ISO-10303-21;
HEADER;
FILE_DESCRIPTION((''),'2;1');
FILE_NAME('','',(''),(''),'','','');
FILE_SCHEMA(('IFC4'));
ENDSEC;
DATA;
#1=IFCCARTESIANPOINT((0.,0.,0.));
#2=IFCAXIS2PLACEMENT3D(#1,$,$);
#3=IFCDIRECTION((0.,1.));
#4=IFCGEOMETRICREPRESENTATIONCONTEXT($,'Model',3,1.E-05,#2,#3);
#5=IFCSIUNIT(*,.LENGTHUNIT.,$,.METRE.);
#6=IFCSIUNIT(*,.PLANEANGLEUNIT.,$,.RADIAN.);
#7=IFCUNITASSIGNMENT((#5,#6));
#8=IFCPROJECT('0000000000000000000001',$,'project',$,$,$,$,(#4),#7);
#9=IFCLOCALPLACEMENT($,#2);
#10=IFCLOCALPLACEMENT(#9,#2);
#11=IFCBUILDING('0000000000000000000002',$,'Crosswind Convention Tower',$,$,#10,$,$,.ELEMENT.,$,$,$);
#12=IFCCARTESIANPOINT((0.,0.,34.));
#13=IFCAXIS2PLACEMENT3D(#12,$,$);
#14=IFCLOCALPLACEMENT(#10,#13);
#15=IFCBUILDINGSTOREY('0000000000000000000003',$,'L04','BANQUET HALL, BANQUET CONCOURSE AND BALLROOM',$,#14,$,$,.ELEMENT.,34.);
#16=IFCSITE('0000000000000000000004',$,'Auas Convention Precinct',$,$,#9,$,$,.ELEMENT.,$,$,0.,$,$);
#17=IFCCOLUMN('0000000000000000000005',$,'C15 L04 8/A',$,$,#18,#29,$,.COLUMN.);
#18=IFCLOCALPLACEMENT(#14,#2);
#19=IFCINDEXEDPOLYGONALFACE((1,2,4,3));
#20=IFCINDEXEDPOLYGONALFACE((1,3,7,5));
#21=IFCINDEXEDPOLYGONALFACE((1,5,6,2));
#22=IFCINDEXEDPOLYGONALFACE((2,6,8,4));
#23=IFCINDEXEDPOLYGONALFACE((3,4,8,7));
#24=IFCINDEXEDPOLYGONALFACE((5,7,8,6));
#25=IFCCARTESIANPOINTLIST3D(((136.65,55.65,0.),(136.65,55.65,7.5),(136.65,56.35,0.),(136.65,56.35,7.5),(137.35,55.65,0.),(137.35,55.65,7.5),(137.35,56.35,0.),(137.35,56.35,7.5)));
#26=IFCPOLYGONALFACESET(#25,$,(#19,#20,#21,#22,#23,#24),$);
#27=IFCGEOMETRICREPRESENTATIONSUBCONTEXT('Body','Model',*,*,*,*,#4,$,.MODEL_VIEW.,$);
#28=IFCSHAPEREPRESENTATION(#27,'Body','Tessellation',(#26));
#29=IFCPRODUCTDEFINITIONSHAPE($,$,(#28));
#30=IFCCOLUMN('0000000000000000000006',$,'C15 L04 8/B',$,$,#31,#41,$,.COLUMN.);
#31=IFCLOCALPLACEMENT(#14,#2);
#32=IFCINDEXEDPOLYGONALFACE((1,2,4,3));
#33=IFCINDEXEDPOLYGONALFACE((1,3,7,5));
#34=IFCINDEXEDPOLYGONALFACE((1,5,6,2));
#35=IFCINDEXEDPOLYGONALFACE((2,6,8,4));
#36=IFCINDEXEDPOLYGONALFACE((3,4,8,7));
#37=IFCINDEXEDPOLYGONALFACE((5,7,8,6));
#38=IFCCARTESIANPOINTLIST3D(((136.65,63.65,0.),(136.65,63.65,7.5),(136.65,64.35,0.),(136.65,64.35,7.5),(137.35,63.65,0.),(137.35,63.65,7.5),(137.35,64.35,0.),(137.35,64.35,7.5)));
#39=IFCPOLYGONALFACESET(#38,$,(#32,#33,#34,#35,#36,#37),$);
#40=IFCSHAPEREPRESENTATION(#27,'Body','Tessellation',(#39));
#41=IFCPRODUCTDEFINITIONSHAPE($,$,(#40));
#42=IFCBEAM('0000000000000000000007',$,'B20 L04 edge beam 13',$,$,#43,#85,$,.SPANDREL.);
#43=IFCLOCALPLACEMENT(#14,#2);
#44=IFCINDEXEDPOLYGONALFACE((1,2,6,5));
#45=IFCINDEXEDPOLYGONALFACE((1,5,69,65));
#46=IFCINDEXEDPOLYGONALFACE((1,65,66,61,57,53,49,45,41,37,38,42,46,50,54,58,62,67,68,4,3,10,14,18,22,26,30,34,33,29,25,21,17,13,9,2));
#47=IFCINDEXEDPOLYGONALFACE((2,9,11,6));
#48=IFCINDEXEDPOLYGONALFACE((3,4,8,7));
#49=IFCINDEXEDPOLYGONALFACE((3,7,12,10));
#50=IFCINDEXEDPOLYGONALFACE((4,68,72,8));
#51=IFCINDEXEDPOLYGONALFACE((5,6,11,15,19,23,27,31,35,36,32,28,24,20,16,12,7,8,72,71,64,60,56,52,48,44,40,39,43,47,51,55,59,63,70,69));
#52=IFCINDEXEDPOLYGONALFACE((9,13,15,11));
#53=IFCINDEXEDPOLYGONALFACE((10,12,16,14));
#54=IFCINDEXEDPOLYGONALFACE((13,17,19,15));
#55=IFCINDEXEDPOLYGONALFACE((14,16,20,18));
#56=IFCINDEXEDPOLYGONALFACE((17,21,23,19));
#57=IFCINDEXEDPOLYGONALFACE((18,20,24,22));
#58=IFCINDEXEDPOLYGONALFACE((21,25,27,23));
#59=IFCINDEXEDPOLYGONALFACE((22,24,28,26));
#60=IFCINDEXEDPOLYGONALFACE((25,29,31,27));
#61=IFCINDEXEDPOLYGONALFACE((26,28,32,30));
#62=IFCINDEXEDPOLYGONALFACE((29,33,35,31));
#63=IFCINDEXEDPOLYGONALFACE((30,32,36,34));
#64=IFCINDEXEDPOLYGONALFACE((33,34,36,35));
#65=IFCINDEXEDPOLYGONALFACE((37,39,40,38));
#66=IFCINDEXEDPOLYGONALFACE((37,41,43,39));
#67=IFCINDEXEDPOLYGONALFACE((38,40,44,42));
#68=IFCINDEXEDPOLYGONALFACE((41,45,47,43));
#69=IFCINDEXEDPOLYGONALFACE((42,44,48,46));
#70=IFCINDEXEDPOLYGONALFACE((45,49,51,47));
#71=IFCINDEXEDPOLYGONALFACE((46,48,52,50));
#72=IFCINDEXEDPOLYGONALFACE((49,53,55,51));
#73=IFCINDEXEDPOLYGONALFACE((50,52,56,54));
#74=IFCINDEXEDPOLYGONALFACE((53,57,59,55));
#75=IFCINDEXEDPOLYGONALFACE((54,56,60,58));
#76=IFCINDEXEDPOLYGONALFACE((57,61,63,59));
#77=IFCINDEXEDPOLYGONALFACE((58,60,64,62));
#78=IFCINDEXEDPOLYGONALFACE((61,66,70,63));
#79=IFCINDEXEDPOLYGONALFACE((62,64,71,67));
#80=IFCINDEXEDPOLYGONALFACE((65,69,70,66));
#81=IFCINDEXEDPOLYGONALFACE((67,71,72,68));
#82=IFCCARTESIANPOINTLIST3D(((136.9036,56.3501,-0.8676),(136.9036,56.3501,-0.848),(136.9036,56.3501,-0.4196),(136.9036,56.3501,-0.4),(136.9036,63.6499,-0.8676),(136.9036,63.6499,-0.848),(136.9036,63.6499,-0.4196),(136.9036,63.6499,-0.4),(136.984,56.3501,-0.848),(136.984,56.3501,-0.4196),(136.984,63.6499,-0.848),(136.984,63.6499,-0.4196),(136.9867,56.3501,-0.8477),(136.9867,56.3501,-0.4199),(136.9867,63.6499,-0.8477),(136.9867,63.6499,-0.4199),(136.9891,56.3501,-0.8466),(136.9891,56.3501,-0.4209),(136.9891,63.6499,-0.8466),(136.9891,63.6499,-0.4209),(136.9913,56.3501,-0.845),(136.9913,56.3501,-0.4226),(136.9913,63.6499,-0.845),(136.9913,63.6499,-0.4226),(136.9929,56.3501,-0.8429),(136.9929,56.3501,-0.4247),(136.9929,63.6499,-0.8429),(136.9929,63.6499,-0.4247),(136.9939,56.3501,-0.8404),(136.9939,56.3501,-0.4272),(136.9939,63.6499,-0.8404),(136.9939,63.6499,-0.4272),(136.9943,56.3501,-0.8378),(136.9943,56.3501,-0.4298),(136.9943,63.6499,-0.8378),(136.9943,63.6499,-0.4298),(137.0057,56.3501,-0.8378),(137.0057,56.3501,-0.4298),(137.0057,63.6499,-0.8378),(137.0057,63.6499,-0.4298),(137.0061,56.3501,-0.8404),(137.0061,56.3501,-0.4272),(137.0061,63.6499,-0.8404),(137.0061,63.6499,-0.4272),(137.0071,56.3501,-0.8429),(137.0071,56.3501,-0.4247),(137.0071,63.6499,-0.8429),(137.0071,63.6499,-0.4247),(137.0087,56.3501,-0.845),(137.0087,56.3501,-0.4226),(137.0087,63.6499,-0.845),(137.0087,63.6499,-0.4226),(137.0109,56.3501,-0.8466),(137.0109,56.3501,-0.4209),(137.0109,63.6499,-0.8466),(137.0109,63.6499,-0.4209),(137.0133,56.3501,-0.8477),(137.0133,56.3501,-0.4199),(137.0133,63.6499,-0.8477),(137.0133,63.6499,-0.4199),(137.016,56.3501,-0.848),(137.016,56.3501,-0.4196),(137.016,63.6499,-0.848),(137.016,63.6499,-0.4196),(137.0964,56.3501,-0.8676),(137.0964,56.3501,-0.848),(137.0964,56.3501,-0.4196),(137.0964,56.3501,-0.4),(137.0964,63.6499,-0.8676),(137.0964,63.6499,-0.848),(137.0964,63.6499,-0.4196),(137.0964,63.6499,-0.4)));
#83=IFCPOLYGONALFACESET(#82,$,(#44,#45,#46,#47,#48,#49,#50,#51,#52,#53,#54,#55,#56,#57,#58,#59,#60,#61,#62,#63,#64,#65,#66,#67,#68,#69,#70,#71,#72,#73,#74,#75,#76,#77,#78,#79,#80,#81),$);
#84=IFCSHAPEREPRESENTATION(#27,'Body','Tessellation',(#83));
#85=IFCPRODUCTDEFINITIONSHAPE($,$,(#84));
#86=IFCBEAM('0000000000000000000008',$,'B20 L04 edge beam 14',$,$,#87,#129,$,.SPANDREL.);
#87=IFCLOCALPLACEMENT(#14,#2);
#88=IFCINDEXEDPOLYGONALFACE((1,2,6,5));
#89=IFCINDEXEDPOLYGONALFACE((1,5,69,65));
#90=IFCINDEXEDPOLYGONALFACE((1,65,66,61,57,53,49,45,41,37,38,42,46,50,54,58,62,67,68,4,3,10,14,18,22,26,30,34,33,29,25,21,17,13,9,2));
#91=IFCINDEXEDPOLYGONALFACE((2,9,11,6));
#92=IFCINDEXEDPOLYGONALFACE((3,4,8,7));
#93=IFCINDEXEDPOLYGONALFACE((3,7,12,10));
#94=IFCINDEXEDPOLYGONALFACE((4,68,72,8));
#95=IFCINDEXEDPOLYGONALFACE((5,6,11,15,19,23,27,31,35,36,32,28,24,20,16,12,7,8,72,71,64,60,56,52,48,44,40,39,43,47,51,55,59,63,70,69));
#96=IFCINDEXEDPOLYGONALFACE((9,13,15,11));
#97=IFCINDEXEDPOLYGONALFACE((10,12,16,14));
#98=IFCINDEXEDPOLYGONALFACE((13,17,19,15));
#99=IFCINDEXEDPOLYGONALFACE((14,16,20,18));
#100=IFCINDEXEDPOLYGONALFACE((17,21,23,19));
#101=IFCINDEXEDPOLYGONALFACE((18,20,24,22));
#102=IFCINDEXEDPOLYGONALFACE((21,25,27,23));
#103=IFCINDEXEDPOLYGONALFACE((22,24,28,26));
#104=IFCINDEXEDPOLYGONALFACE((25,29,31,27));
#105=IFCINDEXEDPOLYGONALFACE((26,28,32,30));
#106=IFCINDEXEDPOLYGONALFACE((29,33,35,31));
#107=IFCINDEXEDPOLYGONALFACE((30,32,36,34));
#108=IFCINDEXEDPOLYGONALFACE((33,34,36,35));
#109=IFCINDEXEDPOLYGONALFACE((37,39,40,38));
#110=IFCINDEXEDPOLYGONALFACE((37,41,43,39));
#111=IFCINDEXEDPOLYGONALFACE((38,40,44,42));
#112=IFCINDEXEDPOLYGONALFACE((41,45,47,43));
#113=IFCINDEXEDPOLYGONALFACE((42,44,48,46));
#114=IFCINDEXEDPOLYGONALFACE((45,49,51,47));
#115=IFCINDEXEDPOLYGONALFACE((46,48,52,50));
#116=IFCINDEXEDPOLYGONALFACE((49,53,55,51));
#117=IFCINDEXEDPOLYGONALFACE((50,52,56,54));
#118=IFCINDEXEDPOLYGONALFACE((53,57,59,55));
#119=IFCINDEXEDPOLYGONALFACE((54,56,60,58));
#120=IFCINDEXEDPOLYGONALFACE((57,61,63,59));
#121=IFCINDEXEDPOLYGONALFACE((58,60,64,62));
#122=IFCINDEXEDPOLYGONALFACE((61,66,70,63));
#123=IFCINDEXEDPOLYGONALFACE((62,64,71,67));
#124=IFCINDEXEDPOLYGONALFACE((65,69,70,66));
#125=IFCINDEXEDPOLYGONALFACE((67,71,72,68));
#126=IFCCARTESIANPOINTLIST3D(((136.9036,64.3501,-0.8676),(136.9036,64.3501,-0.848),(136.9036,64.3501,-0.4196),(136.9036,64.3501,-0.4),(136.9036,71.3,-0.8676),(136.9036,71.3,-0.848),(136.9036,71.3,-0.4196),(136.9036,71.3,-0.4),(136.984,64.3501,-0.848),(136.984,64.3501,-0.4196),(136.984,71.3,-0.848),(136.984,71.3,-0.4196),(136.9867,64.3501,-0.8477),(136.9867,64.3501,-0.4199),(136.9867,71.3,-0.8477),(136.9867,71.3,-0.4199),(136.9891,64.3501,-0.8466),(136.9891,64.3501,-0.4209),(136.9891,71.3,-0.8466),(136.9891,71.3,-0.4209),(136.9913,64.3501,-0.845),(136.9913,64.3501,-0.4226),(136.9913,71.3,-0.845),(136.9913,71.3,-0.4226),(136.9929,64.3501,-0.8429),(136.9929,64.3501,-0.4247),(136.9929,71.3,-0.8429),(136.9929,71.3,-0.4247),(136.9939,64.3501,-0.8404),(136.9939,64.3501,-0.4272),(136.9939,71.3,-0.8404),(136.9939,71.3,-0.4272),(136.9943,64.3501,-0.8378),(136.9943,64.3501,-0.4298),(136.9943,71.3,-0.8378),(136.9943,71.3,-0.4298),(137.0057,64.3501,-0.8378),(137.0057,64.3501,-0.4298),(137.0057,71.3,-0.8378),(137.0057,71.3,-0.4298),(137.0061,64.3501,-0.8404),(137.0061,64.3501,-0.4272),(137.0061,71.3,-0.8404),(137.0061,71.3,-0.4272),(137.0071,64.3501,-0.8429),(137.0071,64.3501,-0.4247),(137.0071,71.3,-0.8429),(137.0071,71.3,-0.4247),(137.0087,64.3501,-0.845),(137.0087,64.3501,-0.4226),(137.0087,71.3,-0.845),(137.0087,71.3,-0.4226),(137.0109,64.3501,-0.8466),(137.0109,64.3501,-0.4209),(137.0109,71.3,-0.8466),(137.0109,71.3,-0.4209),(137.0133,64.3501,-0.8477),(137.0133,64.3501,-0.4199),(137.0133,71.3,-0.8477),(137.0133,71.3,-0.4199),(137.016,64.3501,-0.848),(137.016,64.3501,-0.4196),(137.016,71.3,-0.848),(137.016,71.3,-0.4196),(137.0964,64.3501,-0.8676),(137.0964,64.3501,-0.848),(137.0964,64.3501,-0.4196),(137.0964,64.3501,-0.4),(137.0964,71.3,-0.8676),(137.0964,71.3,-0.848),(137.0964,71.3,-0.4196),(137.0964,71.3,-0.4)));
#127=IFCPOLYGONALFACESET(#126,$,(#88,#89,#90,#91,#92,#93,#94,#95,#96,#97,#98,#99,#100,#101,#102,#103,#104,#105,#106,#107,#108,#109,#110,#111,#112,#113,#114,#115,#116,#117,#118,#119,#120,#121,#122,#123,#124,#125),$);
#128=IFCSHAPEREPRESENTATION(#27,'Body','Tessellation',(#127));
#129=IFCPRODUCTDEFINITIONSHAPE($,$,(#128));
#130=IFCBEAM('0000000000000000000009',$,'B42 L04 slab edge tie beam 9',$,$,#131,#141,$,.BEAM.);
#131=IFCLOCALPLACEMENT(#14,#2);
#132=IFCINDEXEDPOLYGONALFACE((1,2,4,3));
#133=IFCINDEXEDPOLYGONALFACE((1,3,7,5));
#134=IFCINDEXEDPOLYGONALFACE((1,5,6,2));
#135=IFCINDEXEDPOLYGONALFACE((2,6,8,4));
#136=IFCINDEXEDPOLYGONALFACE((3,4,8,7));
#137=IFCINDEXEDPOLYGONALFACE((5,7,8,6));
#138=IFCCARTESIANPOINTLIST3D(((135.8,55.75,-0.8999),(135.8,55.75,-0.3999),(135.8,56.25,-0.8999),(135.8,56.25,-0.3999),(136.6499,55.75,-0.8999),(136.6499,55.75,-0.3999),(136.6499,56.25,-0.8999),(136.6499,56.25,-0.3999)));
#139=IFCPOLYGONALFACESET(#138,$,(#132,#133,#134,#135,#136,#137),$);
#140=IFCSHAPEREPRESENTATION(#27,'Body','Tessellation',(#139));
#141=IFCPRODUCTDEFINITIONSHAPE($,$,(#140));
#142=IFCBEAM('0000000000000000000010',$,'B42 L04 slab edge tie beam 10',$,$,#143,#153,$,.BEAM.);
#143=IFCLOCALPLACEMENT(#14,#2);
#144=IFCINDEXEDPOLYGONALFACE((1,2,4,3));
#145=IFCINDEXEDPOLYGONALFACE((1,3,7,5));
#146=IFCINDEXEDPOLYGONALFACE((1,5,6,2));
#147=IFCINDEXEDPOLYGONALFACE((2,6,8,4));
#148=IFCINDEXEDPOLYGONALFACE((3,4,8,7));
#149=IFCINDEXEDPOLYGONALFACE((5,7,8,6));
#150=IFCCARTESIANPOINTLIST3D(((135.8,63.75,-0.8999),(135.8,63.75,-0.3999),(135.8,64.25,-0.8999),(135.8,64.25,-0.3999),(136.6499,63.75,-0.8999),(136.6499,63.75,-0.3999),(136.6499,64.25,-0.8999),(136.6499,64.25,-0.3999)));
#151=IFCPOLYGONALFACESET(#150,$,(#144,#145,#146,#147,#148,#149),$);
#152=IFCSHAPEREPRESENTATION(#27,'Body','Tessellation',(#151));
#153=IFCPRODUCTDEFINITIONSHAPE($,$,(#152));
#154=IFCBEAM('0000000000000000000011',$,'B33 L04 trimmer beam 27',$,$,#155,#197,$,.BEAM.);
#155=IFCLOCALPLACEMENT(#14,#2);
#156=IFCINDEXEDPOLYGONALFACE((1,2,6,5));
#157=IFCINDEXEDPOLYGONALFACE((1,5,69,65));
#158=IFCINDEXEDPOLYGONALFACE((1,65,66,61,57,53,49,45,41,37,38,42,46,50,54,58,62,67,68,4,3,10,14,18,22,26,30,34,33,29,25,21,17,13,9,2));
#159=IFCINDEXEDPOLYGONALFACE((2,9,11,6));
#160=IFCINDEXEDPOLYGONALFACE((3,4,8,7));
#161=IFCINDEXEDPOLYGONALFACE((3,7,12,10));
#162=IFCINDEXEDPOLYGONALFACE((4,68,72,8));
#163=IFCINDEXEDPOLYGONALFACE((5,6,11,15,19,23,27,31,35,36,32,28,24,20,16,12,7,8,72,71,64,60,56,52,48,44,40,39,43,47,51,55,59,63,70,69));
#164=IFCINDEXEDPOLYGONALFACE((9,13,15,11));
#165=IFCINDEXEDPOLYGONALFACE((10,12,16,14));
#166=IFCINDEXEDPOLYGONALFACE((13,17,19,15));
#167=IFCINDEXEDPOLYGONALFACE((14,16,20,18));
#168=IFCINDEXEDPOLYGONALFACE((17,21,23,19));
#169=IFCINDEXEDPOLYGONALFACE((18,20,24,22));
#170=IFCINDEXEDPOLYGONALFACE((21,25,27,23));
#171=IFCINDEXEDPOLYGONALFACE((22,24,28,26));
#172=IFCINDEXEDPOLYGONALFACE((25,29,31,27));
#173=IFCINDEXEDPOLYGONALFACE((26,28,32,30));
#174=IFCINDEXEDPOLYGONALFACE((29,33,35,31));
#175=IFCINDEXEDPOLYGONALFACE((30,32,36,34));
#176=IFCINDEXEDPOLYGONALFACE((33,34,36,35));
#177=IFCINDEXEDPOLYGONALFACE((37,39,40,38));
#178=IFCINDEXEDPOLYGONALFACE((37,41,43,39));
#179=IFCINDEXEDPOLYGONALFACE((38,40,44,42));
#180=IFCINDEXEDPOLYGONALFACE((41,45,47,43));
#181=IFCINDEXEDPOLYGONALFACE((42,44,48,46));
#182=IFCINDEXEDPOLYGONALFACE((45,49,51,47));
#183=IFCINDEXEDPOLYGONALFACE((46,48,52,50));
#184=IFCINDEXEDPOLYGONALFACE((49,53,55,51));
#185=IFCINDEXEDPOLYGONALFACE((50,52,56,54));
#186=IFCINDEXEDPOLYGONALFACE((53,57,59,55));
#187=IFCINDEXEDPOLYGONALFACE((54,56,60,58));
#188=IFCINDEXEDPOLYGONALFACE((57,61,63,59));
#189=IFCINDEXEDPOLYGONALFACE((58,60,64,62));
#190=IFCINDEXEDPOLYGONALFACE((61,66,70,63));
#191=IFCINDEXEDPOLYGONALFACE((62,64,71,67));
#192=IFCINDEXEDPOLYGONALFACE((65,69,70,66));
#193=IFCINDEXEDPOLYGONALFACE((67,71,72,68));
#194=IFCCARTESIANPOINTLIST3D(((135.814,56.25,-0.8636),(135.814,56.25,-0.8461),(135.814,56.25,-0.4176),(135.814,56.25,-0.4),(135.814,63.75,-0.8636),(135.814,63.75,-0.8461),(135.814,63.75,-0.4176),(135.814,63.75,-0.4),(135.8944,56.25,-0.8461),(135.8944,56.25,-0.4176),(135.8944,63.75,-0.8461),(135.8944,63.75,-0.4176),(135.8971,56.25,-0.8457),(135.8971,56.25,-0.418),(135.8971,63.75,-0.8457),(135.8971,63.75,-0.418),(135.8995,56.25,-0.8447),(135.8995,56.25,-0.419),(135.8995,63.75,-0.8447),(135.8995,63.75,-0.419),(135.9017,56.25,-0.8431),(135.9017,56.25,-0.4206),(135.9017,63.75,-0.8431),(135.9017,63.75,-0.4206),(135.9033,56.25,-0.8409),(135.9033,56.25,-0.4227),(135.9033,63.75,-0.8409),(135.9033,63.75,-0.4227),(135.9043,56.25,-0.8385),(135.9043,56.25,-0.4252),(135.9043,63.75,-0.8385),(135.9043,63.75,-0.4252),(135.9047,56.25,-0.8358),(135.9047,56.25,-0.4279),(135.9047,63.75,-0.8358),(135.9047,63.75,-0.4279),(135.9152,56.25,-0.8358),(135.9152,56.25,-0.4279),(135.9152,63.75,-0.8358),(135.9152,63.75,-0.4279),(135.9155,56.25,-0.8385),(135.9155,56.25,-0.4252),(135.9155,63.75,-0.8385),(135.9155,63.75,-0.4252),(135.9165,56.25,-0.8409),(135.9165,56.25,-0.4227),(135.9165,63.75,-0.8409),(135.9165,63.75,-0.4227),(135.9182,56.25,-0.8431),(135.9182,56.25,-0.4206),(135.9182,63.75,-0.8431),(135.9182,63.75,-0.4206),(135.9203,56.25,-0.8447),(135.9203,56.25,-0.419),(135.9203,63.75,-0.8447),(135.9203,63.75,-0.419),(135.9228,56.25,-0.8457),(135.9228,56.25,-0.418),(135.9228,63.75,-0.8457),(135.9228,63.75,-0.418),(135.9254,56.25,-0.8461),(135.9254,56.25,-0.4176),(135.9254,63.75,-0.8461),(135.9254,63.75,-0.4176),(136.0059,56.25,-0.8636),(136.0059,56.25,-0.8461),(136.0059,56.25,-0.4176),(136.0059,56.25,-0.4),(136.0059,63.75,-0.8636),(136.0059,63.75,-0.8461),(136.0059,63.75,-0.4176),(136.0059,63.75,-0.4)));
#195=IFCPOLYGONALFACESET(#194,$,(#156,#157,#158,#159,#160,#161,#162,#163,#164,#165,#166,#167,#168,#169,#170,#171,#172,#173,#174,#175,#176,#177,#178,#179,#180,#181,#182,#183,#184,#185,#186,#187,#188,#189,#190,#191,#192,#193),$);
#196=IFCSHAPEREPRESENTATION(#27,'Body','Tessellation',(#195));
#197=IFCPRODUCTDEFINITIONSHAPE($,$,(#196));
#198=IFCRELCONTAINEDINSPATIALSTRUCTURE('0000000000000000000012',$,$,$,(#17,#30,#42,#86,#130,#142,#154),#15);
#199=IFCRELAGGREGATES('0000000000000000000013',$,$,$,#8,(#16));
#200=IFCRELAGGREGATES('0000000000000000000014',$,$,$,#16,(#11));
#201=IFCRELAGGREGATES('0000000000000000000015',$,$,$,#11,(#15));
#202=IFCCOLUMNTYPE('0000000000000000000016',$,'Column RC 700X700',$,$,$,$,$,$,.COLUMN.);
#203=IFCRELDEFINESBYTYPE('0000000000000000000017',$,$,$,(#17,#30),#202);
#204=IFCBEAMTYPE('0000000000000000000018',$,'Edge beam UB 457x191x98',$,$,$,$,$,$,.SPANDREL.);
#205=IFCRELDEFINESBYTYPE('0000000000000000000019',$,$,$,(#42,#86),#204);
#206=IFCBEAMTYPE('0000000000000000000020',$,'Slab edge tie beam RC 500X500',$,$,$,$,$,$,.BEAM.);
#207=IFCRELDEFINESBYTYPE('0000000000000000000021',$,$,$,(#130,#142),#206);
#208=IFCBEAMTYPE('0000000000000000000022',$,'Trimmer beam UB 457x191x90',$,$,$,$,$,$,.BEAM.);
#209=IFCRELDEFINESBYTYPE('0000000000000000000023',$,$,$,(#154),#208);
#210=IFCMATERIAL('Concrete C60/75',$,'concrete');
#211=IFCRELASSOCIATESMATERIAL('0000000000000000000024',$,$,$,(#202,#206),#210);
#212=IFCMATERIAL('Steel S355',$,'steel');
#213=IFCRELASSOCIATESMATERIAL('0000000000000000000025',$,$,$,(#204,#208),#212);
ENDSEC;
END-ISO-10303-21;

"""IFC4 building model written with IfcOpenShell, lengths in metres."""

from ifc_helpers import new_model, si_unit, direction, frame, origin, origin_2d, place, context, subcontext, project, spatial, rectangle, i_section, extrude, material, material_profile, profile_set, type_object, element, save


model = new_model("IFC4")

# Units and contexts
model_context = context("Model", 3, precision=1e-05, world=origin(), true_north=direction((0.0, 1.0)))
body_context = subcontext(model_context, "Body", "Model", "MODEL_VIEW")
ifc_project = project(units=[si_unit("LENGTHUNIT", "METRE"), si_unit("PLANEANGLEUNIT", "RADIAN")], contexts=[model_context])

# Site, building, storey
site_placement = place(None, origin())
site = spatial("IfcSite", under=ifc_project, at=site_placement, Name="Auas Convention Precinct", CompositionType="ELEMENT", RefElevation=0.0)
building_placement = place(site_placement, origin())
building = spatial("IfcBuilding", under=site, at=building_placement, Name="Crosswind Convention Tower", CompositionType="ELEMENT")
storey_placement = place(building_placement, frame((0.0, 0.0, 34.0)))
storey = spatial("IfcBuildingStorey", under=building, at=storey_placement, Name="L04", Description="BANQUET HALL, BANQUET CONCOURSE AND BALLROOM", CompositionType="ELEMENT", Elevation=34.0)

# Columns
ifc_material_1 = material(Name="Concrete C60/75", Category="concrete")
ifc_material_profile_1 = material_profile(ifc_material_1, rectangle(XDim=0.7, YDim=0.7, at=origin_2d()), Name="RC 700X700")
ifc_profile_set_1 = profile_set([ifc_material_profile_1], Name="Concrete C60/75")
column_type = type_object("IfcColumnType", Name="Column RC 700X700", PredefinedType="COLUMN", material=ifc_profile_set_1)
for number, where, z_axis, x_axis, name in (
    (1, (137.0, 56.0, 0.0), (0.0, 0.0, 1.0), (1.0, 0.0, 0.0), "C15 L04 8/A"),
    (2, (137.0, 64.0, 0.0), (0.0, 0.0, 1.0), (1.0, 0.0, 0.0), "C15 L04 8/B"),
):
    element("IfcColumn", number, at=place(storey_placement, frame(where, z_axis=z_axis, x_axis=x_axis)), inside=storey, type_object=column_type, Name=name, PredefinedType="COLUMN", context=body_context, shape_type="SweptSolid", body=[
        extrude(rectangle(XDim=0.7, YDim=0.7, at=origin_2d()), origin(), (0.0, 0.0, 1.0), 7.5),
    ])

# Beams
ifc_material_2 = material(Name="Steel S355", Category="steel")
ifc_material_profile_2 = material_profile(ifc_material_2, i_section(OverallWidth=0.1929, OverallDepth=0.4675, WebThickness=0.0115, FlangeThickness=0.0195, FilletRadius=0.0103, at=origin_2d()), Name="UB 457x191x98")
ifc_profile_set_2 = profile_set([ifc_material_profile_2], Name="Steel S355")
beam_type_1 = type_object("IfcBeamType", Name="Edge beam UB 457x191x98", PredefinedType="SPANDREL", material=ifc_profile_set_2)
beam_1_placement = place(storey_placement, frame((137.0, 56.3501, -0.6338), z_axis=(0.0, 1.0, 0.0), x_axis=(-1.0, 0.0, 0.0)))
element("IfcBeam", 3, at=beam_1_placement, inside=storey, type_object=beam_type_1, Name="B20 L04 edge beam 13", PredefinedType="SPANDREL", context=body_context, shape_type="SweptSolid", body=[
    extrude(i_section(OverallWidth=0.1929, OverallDepth=0.4675, WebThickness=0.0115, FlangeThickness=0.0195, FilletRadius=0.0103, at=origin_2d()), origin(), (0.0, 0.0, 1.0), 7.2998),
])
beam_2_placement = place(storey_placement, frame((137.0, 64.3501, -0.6338), z_axis=(0.0, 1.0, 0.0), x_axis=(-1.0, 0.0, 0.0)))
element("IfcBeam", 4, at=beam_2_placement, inside=storey, type_object=beam_type_1, Name="B20 L04 edge beam 14", PredefinedType="SPANDREL", context=body_context, shape_type="SweptSolid", body=[
    extrude(i_section(OverallWidth=0.1929, OverallDepth=0.4675, WebThickness=0.0115, FlangeThickness=0.0195, FilletRadius=0.0103, at=origin_2d()), origin(), (0.0, 0.0, 1.0), 6.95),
])
ifc_material_profile_3 = material_profile(ifc_material_1, rectangle(XDim=0.5, YDim=0.5, at=origin_2d()), Name="RC 500X500")
ifc_profile_set_3 = profile_set([ifc_material_profile_3], Name="Concrete C60/75")
beam_type_2 = type_object("IfcBeamType", Name="Slab edge tie beam RC 500X500", PredefinedType="BEAM", material=ifc_profile_set_3)
for number, where, z_axis, x_axis, name in (
    (5, (135.8, 56.0, -0.6499), (1.0, 0.0, 0.0), (0.0, 1.0, 0.0), "B42 L04 slab edge tie beam 9"),
    (6, (135.8, 64.0, -0.6499), (1.0, 0.0, 0.0), (0.0, 1.0, 0.0), "B42 L04 slab edge tie beam 10"),
):
    element("IfcBeam", number, at=place(storey_placement, frame(where, z_axis=z_axis, x_axis=x_axis)), inside=storey, type_object=beam_type_2, Name=name, PredefinedType="BEAM", context=body_context, shape_type="SweptSolid", body=[
        extrude(rectangle(XDim=0.5, YDim=0.5, at=origin_2d()), origin(), (0.0, 0.0, 1.0), 0.8499),
    ])
ifc_material_profile_4 = material_profile(ifc_material_2, i_section(OverallWidth=0.1919, OverallDepth=0.4636, WebThickness=0.0105, FlangeThickness=0.0176, FilletRadius=0.0103, at=origin_2d()), Name="UB 457x191x90")
ifc_profile_set_4 = profile_set([ifc_material_profile_4], Name="Steel S355")
beam_type_3 = type_object("IfcBeamType", Name="Trimmer beam UB 457x191x90", PredefinedType="BEAM", material=ifc_profile_set_4)
beam_3_placement = place(storey_placement, frame((135.9099, 63.75, -0.6318), z_axis=(0.0, -1.0, 0.0), x_axis=(1.0, 0.0, 0.0)))
element("IfcBeam", 7, at=beam_3_placement, inside=storey, type_object=beam_type_3, Name="B33 L04 trimmer beam 27", PredefinedType="BEAM", context=body_context, shape_type="SweptSolid", body=[
    extrude(i_section(OverallWidth=0.1919, OverallDepth=0.4636, WebThickness=0.0105, FlangeThickness=0.0176, FilletRadius=0.0103, at=origin_2d()), origin(), (0.0, 0.0, 1.0), 7.5),
])

save(model, "model.ifc")
